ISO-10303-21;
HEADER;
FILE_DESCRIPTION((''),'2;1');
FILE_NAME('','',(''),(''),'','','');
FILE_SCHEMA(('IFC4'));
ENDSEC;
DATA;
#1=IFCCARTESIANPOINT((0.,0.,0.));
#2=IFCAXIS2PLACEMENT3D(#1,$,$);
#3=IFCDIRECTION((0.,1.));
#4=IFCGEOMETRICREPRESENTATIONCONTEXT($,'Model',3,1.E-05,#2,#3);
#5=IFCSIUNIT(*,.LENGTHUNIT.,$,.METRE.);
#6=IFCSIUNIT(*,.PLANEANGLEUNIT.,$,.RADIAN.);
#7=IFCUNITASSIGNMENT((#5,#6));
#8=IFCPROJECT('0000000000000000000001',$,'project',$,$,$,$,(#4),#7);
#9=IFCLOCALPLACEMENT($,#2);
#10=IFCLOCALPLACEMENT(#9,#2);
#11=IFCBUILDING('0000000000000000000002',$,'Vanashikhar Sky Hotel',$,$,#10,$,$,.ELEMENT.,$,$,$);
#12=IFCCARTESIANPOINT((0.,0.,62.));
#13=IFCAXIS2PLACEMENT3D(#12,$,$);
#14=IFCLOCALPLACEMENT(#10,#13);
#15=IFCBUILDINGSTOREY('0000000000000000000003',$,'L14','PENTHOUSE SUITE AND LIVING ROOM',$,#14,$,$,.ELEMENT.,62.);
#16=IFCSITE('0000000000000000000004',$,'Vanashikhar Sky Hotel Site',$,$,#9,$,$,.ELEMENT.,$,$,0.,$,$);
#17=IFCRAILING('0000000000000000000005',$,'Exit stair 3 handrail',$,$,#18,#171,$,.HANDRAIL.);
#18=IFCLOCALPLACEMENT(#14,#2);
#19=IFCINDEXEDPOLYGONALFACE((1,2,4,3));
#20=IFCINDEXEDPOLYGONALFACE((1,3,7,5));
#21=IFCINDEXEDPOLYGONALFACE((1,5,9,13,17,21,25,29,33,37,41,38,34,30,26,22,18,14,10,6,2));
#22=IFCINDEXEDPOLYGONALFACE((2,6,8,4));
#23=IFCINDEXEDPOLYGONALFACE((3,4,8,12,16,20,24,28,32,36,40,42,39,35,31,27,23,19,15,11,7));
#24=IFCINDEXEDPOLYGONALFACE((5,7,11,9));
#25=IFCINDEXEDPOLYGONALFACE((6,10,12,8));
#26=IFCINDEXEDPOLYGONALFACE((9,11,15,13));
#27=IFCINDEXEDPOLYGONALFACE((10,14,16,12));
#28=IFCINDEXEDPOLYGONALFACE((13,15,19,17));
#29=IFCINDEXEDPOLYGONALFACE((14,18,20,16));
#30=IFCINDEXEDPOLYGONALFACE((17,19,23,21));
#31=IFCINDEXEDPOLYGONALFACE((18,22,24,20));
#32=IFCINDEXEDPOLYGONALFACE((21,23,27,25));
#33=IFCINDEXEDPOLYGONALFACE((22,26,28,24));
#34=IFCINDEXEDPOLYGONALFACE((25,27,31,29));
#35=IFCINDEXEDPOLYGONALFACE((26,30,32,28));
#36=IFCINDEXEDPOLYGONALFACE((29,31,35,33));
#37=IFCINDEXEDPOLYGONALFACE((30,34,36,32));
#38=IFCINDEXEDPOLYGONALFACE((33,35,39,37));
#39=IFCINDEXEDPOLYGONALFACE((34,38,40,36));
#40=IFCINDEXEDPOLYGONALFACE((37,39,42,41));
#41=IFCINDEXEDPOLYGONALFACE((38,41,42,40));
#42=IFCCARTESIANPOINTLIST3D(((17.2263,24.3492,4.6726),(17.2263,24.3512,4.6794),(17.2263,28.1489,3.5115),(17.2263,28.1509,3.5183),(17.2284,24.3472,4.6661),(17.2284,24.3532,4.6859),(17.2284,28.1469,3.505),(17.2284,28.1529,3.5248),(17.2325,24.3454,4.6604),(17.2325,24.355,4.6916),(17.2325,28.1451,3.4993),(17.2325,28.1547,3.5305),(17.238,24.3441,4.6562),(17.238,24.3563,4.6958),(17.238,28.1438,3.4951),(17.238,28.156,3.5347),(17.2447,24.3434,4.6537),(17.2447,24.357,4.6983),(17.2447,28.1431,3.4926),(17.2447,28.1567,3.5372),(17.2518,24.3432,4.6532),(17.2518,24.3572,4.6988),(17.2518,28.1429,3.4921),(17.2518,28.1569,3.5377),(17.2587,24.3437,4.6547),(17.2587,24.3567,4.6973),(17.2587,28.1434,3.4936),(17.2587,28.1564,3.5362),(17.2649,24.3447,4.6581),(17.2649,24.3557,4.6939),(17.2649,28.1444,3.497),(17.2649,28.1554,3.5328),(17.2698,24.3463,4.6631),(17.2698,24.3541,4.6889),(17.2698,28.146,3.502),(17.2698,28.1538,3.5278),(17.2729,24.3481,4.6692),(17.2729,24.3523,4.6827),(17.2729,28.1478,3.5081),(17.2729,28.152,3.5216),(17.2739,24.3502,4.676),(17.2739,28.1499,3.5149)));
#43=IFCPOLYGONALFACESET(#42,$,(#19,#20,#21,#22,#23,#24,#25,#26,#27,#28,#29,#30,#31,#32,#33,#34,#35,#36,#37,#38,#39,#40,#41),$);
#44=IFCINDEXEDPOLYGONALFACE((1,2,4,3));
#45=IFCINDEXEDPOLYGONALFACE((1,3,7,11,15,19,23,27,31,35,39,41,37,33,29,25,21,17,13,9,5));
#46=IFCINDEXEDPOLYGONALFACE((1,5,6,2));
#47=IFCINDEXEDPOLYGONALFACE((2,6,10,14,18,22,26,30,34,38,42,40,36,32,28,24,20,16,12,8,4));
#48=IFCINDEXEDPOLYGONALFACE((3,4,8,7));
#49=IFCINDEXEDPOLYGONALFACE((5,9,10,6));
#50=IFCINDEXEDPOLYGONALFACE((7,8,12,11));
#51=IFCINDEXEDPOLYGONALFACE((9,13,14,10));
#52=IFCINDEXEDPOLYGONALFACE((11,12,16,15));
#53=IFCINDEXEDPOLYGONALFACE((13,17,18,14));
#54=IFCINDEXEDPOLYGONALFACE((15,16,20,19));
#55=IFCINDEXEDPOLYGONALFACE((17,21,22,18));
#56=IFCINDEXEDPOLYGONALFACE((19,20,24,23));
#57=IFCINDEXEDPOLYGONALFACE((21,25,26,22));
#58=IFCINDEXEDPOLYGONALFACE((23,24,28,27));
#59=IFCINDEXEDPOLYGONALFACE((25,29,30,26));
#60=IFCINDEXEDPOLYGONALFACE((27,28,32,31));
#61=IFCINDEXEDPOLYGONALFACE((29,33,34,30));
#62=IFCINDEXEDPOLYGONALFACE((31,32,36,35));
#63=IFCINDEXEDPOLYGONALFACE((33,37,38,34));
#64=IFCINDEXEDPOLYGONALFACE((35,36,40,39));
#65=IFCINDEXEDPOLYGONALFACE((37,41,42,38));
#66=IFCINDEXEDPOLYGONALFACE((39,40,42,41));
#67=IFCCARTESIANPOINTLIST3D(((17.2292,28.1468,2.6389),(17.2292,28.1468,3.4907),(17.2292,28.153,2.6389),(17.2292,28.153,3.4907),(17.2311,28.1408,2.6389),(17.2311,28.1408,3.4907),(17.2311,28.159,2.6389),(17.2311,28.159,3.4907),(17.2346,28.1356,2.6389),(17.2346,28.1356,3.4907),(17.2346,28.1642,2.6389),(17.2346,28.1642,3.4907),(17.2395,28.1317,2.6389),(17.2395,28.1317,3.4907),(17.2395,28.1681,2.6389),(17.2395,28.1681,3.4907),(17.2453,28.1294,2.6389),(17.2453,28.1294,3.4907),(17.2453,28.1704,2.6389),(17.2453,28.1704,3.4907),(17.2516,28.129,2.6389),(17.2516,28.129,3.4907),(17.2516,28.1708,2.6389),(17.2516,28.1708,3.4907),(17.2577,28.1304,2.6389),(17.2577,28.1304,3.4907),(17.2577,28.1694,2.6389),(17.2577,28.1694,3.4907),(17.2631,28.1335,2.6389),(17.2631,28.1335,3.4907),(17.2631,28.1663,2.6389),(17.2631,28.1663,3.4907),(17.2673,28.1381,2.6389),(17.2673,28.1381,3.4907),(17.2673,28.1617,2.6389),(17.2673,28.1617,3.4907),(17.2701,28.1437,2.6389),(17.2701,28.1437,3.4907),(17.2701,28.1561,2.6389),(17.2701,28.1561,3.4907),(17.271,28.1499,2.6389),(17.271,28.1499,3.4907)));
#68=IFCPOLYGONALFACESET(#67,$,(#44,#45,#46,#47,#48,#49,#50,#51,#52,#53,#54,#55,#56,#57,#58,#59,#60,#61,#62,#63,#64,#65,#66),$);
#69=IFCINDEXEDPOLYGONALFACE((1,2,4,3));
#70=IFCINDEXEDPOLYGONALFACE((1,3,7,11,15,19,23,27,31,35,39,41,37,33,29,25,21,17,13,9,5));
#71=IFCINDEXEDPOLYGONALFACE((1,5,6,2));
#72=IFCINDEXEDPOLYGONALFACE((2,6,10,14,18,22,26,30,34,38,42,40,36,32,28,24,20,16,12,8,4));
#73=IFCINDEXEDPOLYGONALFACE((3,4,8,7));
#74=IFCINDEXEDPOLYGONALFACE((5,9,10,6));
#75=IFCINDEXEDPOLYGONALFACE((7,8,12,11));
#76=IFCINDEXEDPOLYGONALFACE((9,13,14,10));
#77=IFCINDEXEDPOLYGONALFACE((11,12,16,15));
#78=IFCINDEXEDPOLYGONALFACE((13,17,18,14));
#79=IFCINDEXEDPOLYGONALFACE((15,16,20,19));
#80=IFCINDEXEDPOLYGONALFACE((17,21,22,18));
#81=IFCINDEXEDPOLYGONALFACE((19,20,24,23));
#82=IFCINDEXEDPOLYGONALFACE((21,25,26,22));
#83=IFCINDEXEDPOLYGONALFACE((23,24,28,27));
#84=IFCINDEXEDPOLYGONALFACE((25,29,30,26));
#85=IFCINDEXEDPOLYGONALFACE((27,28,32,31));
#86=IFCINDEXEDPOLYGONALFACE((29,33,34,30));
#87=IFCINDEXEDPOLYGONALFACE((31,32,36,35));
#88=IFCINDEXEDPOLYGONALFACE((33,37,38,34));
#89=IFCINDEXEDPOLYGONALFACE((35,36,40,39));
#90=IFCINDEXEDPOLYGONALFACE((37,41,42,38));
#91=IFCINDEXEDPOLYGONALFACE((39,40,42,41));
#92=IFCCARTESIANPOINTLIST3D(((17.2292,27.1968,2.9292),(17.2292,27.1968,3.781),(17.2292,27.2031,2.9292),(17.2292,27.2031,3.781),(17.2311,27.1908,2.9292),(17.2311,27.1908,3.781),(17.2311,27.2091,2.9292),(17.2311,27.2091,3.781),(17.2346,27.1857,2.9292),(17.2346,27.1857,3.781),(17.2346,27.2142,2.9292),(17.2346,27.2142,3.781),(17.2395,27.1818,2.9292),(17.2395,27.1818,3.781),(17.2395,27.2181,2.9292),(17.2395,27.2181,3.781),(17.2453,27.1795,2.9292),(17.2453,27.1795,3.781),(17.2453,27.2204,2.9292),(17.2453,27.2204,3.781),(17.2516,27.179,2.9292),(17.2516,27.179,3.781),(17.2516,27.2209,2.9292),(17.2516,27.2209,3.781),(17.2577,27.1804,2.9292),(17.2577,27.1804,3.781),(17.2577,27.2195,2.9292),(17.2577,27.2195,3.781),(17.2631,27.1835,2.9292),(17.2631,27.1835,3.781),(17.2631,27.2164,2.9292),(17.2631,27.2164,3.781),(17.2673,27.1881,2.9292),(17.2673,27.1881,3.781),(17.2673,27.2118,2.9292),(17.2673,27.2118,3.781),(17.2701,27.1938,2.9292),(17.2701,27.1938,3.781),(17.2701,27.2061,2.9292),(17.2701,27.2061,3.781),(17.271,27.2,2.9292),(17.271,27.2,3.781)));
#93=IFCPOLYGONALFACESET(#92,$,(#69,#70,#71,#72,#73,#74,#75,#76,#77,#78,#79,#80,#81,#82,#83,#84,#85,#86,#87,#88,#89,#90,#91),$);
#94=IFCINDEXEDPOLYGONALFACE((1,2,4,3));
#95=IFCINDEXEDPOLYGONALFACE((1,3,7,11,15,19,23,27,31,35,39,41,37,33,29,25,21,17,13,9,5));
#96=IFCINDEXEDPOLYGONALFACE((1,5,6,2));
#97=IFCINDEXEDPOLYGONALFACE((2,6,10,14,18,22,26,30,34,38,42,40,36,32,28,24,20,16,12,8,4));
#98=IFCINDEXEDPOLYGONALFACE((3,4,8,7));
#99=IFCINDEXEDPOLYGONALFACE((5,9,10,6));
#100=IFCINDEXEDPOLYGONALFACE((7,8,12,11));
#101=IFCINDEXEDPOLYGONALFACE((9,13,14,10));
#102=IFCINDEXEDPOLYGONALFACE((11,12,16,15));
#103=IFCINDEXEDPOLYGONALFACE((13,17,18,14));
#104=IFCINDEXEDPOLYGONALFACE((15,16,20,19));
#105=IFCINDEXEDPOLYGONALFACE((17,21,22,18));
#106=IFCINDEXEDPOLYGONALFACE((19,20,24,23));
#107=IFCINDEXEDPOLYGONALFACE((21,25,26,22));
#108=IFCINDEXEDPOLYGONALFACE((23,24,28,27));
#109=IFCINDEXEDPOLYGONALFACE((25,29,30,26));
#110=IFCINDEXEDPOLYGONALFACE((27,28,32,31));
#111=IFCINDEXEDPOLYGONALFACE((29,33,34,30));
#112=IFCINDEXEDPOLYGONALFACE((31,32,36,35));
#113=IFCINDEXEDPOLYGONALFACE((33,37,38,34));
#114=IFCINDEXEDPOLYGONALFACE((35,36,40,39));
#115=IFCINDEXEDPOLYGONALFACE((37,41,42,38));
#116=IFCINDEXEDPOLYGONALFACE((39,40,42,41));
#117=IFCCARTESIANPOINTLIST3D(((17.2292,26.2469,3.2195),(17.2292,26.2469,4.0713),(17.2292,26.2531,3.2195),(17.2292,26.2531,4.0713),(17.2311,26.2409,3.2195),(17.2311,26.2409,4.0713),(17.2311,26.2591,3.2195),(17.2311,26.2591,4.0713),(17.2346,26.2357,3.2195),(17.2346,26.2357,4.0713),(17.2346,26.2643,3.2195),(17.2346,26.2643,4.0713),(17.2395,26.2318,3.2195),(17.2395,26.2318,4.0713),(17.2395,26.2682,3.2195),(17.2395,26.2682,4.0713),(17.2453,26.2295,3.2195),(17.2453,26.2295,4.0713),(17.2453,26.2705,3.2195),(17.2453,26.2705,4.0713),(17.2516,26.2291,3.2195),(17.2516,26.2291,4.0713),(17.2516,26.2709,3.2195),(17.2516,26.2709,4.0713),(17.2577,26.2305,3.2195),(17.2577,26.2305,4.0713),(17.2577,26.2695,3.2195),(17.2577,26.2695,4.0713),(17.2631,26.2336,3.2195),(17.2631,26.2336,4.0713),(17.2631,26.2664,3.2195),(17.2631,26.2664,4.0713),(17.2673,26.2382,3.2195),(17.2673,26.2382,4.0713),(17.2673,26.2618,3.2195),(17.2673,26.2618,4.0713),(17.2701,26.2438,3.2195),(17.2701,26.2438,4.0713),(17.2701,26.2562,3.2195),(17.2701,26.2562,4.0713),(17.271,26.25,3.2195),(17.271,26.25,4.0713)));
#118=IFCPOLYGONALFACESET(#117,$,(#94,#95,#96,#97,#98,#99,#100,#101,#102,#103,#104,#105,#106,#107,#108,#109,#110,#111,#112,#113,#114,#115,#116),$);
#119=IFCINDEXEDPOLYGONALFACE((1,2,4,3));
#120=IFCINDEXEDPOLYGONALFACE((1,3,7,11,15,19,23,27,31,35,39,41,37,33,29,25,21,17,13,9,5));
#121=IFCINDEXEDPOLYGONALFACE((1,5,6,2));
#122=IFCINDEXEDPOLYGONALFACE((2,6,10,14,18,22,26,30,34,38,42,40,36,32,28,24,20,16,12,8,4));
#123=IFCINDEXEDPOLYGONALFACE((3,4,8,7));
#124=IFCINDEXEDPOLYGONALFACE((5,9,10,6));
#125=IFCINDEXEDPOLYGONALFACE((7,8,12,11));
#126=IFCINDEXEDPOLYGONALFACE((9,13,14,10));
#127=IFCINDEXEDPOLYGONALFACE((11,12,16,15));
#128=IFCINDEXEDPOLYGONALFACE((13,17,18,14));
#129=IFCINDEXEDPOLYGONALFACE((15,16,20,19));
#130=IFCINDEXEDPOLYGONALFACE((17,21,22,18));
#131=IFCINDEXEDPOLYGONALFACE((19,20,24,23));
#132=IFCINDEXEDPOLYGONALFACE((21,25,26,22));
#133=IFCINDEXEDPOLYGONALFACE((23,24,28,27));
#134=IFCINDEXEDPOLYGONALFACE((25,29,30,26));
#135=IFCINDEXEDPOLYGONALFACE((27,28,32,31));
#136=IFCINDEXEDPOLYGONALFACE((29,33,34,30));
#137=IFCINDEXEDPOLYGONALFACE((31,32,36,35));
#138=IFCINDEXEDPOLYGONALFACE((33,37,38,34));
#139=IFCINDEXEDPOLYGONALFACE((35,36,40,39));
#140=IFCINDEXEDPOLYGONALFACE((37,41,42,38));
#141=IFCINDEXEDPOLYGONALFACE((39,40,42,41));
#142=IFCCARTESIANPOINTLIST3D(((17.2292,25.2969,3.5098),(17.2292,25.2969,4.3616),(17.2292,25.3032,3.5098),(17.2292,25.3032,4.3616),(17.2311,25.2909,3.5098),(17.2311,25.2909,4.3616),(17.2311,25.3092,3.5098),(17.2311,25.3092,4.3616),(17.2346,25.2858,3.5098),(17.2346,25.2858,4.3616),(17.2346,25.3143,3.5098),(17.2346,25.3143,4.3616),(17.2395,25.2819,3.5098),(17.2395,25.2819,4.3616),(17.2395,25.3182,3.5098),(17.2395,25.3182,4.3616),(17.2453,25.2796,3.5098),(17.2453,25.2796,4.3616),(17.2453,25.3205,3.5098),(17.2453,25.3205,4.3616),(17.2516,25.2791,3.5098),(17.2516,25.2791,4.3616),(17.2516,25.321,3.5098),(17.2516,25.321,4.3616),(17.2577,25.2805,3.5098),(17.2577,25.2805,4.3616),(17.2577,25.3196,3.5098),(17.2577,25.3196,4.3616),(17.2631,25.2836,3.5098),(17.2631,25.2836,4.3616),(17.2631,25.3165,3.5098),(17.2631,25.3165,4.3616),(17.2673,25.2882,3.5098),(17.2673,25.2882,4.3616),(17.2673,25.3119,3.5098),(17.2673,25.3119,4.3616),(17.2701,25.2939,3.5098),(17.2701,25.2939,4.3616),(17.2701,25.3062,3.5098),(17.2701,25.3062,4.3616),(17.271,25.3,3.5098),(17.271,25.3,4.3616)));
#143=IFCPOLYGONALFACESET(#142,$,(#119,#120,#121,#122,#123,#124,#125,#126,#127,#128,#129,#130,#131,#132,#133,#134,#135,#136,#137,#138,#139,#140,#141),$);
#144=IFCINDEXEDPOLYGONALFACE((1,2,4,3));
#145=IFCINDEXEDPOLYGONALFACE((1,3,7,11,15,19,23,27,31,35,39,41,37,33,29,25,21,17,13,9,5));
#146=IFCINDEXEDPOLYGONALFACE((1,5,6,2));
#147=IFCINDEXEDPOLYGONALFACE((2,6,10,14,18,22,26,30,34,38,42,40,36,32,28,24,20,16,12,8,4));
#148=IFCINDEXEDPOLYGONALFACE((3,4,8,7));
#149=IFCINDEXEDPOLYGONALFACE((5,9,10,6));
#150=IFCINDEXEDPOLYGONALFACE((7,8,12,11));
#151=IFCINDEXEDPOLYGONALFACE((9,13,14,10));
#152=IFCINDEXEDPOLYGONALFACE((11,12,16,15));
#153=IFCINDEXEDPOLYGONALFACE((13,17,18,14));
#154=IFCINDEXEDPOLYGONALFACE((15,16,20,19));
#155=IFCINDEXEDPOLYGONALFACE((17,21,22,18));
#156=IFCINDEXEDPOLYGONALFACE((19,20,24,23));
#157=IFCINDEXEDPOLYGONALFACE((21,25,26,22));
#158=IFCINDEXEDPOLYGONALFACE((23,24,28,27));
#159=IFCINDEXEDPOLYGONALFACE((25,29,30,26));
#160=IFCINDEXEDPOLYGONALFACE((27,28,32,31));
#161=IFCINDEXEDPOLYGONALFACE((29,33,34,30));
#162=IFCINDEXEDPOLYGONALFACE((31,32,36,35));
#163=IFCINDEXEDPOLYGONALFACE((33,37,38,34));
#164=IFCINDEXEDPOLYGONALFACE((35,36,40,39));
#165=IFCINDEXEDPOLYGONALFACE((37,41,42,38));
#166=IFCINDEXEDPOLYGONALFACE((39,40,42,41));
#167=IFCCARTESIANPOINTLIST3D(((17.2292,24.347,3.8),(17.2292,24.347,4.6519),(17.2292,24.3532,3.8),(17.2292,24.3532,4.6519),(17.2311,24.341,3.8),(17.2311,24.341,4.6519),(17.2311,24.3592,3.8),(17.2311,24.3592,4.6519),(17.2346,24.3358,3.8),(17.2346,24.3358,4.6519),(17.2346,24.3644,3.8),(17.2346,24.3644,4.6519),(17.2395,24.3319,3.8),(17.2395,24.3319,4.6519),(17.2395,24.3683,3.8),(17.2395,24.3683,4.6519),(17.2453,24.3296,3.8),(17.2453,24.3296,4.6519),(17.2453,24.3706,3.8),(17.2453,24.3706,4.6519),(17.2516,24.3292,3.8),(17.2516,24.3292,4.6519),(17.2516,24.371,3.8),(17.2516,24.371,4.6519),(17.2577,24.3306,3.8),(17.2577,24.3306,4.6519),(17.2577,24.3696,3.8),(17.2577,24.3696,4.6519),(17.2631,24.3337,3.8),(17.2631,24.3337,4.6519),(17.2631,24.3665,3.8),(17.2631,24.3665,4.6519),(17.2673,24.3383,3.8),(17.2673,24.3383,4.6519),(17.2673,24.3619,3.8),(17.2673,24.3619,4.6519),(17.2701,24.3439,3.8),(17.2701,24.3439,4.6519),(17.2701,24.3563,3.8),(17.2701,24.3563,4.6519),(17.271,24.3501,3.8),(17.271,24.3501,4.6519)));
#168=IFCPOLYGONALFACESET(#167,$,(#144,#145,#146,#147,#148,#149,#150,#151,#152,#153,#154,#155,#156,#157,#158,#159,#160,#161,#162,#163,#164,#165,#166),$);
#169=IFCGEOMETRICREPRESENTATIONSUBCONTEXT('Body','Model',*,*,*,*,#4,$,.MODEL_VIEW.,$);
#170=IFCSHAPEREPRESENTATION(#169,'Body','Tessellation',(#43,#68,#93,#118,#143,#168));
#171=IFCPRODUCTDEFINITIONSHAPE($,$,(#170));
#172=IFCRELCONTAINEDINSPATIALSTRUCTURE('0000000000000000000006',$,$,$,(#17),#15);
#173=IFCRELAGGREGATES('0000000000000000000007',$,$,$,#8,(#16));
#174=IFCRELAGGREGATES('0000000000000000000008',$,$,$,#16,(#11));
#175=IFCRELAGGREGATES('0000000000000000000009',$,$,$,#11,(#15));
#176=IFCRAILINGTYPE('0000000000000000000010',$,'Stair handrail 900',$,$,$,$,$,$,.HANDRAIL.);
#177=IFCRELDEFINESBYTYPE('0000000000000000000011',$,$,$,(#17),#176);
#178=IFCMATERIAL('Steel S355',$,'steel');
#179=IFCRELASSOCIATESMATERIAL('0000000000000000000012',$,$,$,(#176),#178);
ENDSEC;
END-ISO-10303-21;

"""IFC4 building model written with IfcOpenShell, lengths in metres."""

from ifc_helpers import new_model, si_unit, direction, frame, origin, origin_2d, place, context, subcontext, project, spatial, circle, extrude, source, transform, mapped, material, type_object, element, save


model = new_model("IFC4")

# Units and contexts
model_context = context("Model", 3, precision=1e-05, world=origin(), true_north=direction((0.0, 1.0)))
body_context = subcontext(model_context, "Body", "Model", "MODEL_VIEW")
ifc_project = project(units=[si_unit("LENGTHUNIT", "METRE"), si_unit("PLANEANGLEUNIT", "RADIAN")], contexts=[model_context])

# Site, building, storey
site_placement = place(None, origin())
site = spatial("IfcSite", under=ifc_project, at=site_placement, Name="Vanashikhar Sky Hotel Site", CompositionType="ELEMENT", RefElevation=0.0)
building_placement = place(site_placement, origin())
building = spatial("IfcBuilding", under=site, at=building_placement, Name="Vanashikhar Sky Hotel", CompositionType="ELEMENT")
storey_placement = place(building_placement, frame((0.0, 0.0, 62.0)))
storey = spatial("IfcBuildingStorey", under=building, at=storey_placement, Name="L14", Description="PENTHOUSE SUITE AND LIVING ROOM", CompositionType="ELEMENT", Elevation=62.0)

# Railing
ifc_material_1 = material(Name="Steel S355", Category="steel")
railing_type_1 = type_object("IfcRailingType", Name="Stair handrail 900", PredefinedType="HANDRAIL", material=ifc_material_1)
shared_shape_1 = source(origin(), body_context, "Body", "SweptSolid", [
    extrude(circle(Radius=0.0239, at=origin_2d()), frame((0.0, 0.0, 0.876), z_axis=(0.0, -0.956346, 0.292237), x_axis=(1.0, 0.0, 0.0)), (0.0, 0.0, 1.0), 3.9731),
    extrude(circle(Radius=0.021, at=origin_2d()), origin(), (0.0, 0.0, 1.0), 0.8518),
    extrude(circle(Radius=0.021, at=origin_2d()), frame((0.0, -0.95, 0.2903)), (0.0, 0.0, 1.0), 0.8518),
    extrude(circle(Radius=0.021, at=origin_2d()), frame((0.0, -1.8999, 0.5806)), (0.0, 0.0, 1.0), 0.8518),
    extrude(circle(Radius=0.021, at=origin_2d()), frame((0.0, -2.8499, 0.8708)), (0.0, 0.0, 1.0), 0.8518),
    extrude(circle(Radius=0.021, at=origin_2d()), frame((0.0, -3.7998, 1.1611)), (0.0, 0.0, 1.0), 0.8518),
])
for number, where, name in (
    (1, (17.25, 28.1499, 2.6389), "Exit stair 3 handrail"),
):
    element("IfcRailing", number, at=place(storey_placement, frame(where)), inside=storey, type_object=railing_type_1, Name=name, PredefinedType="HANDRAIL", context=body_context, shape_type="MappedRepresentation", body=[
        mapped(shared_shape_1, transform((0.0, 0.0, 0.0), scale=1.0)),
    ])

save(model, "model.ifc")
